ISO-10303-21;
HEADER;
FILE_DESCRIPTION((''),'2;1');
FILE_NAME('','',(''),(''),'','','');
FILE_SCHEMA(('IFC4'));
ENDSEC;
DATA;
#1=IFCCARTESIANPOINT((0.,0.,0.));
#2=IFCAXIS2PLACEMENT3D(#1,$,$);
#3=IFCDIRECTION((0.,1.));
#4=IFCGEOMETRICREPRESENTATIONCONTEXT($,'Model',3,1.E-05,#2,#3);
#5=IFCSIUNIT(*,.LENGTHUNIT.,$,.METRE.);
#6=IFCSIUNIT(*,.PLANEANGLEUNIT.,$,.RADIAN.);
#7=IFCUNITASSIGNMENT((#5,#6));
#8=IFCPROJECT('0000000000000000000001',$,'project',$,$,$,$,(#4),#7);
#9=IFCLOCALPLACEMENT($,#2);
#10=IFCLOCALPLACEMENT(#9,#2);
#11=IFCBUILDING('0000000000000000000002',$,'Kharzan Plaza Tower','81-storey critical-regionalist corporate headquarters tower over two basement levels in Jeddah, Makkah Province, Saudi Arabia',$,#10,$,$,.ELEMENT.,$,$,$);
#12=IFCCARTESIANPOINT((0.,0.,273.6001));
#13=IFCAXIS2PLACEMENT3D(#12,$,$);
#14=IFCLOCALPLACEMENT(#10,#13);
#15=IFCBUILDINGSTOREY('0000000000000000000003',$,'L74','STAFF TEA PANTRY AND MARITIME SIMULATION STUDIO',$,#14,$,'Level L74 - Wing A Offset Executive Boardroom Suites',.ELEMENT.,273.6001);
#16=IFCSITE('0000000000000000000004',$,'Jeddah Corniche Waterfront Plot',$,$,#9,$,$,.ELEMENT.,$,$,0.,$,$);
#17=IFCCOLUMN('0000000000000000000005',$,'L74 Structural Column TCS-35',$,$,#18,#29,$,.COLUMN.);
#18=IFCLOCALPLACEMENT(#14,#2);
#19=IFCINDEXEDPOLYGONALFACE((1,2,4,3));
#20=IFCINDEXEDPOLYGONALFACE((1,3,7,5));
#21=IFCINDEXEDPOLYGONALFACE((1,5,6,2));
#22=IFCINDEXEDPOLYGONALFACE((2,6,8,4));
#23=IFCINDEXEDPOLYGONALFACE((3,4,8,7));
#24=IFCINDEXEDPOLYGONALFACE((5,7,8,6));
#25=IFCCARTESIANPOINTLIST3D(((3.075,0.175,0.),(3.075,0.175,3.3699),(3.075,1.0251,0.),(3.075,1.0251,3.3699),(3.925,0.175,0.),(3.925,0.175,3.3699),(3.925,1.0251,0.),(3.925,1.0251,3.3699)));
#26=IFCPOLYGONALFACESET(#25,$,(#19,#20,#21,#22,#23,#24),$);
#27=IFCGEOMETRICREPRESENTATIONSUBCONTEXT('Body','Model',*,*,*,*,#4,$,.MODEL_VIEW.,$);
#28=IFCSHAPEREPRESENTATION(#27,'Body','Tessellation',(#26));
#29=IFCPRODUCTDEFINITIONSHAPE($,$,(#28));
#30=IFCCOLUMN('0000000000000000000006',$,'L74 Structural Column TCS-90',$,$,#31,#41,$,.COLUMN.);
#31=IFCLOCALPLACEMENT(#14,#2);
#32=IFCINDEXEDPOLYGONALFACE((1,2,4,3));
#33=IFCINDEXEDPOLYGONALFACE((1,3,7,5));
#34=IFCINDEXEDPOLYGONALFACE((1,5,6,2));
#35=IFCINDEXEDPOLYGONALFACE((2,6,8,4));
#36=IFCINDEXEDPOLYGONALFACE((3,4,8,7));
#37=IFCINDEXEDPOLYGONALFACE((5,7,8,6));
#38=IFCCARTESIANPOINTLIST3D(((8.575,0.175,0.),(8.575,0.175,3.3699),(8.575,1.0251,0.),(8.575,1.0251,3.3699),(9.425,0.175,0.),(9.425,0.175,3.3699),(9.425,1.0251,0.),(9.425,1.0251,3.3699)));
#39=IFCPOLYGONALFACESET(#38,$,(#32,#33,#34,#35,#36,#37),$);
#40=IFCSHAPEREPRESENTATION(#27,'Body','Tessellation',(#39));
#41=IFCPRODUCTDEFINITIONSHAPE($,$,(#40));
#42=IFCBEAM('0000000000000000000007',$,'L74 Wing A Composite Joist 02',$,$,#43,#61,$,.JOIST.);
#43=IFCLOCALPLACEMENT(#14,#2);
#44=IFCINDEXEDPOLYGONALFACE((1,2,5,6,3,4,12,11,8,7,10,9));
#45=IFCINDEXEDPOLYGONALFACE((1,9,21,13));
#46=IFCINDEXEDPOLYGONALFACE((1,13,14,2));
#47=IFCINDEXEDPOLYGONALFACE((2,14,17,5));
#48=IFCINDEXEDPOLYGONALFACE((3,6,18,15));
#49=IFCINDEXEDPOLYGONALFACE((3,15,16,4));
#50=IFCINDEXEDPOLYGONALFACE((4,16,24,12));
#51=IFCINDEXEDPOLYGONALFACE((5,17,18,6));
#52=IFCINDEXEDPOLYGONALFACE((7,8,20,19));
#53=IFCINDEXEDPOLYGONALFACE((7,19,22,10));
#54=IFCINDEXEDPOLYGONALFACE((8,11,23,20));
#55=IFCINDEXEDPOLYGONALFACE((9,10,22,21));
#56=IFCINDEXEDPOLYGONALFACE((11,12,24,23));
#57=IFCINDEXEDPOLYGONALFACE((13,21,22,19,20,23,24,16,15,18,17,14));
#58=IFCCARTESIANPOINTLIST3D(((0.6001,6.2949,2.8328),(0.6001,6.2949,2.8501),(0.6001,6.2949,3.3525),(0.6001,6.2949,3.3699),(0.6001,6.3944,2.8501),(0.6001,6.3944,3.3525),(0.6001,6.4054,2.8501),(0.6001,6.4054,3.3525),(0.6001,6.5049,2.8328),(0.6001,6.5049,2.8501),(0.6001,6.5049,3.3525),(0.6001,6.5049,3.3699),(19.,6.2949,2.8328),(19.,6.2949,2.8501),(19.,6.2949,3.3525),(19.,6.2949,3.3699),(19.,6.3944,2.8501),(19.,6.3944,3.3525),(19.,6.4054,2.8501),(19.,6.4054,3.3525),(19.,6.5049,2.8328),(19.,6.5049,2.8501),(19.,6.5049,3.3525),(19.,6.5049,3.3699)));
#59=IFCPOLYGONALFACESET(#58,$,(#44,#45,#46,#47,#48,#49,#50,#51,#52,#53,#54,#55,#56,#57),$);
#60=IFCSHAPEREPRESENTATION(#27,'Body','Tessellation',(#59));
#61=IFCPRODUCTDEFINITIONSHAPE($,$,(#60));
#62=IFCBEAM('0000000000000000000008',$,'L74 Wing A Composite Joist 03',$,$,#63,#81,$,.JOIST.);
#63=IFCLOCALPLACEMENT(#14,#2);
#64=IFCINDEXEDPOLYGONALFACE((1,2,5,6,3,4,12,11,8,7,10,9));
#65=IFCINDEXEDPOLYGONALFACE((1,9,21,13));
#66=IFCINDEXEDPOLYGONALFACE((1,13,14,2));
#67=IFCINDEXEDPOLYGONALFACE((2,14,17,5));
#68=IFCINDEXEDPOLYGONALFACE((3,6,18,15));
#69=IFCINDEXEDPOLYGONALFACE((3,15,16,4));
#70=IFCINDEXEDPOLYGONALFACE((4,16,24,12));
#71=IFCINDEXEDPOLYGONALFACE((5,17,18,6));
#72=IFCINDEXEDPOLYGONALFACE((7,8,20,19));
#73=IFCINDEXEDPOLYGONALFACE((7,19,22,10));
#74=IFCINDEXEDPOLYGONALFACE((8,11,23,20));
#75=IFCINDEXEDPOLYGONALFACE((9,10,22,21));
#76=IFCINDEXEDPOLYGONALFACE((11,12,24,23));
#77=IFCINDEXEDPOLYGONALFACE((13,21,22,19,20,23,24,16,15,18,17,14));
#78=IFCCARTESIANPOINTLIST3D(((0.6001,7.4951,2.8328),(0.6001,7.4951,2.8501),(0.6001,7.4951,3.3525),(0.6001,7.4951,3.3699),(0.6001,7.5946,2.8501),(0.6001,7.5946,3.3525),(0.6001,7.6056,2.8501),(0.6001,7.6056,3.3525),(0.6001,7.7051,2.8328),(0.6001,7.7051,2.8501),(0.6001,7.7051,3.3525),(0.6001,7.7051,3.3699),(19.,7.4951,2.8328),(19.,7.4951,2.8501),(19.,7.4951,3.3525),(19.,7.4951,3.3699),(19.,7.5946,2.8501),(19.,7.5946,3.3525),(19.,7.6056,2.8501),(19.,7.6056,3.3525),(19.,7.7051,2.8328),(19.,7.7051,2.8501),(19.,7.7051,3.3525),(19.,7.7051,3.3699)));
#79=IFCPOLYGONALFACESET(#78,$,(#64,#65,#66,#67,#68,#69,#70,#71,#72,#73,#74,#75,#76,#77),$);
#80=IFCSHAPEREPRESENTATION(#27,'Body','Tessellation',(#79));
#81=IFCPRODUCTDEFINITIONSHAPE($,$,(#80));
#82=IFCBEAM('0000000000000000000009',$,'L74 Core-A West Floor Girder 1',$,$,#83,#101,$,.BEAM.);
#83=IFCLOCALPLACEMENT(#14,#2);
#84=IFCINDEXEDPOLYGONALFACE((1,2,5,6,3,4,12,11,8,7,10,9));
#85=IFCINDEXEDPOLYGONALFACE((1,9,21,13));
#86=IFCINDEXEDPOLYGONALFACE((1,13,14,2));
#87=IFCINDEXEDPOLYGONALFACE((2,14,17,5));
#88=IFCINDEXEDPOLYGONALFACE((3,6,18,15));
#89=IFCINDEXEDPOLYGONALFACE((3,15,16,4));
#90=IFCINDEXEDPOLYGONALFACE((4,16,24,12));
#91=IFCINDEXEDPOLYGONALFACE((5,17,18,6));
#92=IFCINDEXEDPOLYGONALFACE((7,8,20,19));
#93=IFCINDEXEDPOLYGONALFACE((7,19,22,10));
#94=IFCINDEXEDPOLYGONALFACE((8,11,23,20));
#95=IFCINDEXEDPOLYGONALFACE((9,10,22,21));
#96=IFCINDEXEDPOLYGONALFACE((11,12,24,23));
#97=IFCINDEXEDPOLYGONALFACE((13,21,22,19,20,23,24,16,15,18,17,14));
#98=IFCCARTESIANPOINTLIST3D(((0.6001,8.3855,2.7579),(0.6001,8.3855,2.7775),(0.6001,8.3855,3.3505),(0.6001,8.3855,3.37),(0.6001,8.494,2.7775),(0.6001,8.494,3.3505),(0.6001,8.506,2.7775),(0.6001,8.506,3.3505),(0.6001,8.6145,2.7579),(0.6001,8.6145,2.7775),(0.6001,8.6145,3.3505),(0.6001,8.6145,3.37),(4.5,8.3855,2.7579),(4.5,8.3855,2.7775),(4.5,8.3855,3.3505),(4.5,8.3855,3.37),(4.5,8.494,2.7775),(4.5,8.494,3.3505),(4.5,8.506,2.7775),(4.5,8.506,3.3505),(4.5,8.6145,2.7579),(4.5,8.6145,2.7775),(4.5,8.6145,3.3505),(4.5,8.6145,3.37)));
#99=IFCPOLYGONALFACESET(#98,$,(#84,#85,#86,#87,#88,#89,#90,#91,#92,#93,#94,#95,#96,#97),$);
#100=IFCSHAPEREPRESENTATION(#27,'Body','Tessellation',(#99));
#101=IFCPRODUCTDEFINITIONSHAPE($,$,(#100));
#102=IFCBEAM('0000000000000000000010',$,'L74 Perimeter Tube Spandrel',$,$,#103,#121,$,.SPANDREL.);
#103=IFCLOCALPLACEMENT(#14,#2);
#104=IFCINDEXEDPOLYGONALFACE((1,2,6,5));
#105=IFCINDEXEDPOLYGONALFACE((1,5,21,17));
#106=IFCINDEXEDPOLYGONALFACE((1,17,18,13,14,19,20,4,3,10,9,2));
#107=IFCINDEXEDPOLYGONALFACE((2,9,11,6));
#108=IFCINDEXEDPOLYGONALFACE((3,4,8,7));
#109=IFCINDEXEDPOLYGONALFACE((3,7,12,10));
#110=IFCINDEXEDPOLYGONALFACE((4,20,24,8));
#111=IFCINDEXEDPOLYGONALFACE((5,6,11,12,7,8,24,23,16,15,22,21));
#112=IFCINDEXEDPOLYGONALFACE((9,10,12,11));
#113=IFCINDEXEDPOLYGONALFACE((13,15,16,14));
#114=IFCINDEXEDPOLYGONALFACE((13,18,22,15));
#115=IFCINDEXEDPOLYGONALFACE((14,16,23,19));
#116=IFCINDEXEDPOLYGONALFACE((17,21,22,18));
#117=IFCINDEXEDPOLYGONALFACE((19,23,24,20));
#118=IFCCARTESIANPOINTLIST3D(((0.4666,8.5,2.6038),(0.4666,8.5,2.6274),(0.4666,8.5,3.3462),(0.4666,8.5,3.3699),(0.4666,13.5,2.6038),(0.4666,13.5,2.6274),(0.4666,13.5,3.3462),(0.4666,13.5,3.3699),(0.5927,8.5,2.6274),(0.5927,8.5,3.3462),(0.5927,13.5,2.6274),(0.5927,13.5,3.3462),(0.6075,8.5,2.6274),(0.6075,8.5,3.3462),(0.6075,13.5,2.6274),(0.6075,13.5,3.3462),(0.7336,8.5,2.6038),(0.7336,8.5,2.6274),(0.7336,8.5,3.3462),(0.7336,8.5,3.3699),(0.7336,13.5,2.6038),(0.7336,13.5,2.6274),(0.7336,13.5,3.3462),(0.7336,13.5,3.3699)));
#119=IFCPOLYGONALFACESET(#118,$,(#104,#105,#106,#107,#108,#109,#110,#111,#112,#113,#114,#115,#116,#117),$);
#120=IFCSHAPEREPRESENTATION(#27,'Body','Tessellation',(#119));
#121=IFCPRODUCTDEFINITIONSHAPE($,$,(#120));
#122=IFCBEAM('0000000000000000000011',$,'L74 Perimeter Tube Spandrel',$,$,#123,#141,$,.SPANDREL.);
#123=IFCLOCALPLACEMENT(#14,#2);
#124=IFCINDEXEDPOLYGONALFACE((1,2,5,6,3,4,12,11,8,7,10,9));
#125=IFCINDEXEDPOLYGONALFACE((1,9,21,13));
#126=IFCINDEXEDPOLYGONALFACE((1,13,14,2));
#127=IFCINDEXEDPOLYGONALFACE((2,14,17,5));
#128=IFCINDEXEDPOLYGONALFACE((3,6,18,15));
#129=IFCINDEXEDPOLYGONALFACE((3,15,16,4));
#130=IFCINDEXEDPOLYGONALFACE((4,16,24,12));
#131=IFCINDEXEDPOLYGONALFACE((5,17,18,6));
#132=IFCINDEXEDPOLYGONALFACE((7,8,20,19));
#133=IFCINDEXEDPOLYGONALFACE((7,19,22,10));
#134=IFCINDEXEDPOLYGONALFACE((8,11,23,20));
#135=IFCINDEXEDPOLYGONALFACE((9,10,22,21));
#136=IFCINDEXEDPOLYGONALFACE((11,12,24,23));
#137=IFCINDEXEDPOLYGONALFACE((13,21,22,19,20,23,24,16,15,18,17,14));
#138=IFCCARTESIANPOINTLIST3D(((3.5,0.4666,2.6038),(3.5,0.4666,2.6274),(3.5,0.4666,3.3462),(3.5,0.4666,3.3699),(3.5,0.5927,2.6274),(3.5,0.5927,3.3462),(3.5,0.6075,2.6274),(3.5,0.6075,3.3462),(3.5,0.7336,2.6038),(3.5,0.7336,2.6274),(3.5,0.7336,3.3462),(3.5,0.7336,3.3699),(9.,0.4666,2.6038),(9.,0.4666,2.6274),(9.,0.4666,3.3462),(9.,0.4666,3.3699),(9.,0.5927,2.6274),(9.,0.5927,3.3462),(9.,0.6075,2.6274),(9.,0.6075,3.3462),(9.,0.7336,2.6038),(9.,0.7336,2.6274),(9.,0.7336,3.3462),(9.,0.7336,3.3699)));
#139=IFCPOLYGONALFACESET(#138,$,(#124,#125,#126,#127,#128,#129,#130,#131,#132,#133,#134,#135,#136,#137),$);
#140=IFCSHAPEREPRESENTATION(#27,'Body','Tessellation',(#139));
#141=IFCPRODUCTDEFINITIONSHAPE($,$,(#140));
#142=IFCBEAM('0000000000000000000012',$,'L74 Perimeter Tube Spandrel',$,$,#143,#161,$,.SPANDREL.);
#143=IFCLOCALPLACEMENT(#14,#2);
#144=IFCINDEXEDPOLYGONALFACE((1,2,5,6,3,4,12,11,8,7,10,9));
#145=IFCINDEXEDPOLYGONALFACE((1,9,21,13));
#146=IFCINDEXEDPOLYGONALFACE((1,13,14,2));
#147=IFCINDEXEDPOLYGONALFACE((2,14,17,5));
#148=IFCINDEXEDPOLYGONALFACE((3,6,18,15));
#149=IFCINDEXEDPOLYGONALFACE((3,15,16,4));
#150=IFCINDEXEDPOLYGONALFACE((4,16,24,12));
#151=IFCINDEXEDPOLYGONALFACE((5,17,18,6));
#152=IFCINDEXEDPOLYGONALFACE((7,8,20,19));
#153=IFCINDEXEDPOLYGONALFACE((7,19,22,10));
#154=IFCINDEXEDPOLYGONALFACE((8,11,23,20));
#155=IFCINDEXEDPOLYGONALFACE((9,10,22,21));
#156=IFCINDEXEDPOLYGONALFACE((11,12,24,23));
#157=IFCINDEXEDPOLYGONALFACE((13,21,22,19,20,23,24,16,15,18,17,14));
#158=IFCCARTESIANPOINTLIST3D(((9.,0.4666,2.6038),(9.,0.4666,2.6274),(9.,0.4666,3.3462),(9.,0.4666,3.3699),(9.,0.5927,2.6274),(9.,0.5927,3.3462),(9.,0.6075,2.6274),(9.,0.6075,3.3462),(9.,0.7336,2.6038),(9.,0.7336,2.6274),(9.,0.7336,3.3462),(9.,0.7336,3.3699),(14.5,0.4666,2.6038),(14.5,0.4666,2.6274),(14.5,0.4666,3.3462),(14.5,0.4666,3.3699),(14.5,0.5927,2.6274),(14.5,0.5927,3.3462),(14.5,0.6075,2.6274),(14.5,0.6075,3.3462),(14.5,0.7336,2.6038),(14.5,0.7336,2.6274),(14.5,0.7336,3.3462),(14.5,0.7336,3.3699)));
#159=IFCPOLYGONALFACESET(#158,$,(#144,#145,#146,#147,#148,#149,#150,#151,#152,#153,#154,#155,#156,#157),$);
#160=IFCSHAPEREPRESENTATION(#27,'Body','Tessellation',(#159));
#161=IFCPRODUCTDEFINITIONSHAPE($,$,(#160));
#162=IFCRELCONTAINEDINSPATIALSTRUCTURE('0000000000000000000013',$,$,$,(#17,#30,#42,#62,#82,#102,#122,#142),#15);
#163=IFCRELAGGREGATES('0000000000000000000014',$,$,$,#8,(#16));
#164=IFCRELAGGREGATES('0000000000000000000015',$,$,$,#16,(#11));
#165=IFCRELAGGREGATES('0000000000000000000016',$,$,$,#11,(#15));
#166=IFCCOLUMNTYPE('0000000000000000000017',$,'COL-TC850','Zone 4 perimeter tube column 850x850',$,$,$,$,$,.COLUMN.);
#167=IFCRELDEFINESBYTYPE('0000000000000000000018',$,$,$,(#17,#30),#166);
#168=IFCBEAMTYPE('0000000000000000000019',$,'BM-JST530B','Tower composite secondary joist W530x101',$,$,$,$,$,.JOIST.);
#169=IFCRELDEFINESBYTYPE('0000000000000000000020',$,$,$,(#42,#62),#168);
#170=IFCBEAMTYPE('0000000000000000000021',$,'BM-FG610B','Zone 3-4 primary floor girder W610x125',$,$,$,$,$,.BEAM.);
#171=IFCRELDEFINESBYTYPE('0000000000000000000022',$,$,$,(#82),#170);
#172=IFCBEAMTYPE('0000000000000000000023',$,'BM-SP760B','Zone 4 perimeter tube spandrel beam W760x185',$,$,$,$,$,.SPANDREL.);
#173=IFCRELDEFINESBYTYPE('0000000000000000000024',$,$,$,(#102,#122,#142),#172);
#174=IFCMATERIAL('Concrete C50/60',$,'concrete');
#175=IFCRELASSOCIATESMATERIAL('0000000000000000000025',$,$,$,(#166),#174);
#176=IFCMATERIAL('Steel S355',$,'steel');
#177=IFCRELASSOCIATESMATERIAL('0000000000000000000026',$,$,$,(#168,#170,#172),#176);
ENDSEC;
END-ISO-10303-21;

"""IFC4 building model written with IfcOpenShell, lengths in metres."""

from ifc_helpers import new_model, si_unit, direction, frame, origin, origin_2d, place, context, subcontext, project, spatial, rectangle, i_section, extrude, source, transform, mapped, material, material_profile, profile_set, type_object, element, save


model = new_model("IFC4")

# Units and contexts
model_context = context("Model", 3, precision=1e-05, world=origin(), true_north=direction((0.0, 1.0)))
body_context = subcontext(model_context, "Body", "Model", "MODEL_VIEW")
ifc_project = project(units=[si_unit("LENGTHUNIT", "METRE"), si_unit("PLANEANGLEUNIT", "RADIAN")], contexts=[model_context])

# Site, building, storey
site_placement = place(None, origin())
site = spatial("IfcSite", under=ifc_project, at=site_placement, Name="Jeddah Corniche Waterfront Plot", CompositionType="ELEMENT", RefElevation=0.0)
building_placement = place(site_placement, origin())
building = spatial("IfcBuilding", under=site, at=building_placement, Name="Kharzan Plaza Tower", Description="81-storey critical-regionalist corporate headquarters tower over two basement levels in Jeddah, Makkah Province, Saudi Arabia", CompositionType="ELEMENT")
storey_placement = place(building_placement, frame((0.0, 0.0, 273.6001)))
storey = spatial("IfcBuildingStorey", under=building, at=storey_placement, Name="L74", Description="STAFF TEA PANTRY AND MARITIME SIMULATION STUDIO", LongName="Level L74 - Wing A Offset Executive Boardroom Suites", CompositionType="ELEMENT", Elevation=273.6001)

# Columns
ifc_material_1 = material(Name="Concrete C50/60", Category="concrete")
ifc_material_profile_1 = material_profile(ifc_material_1, rectangle(XDim=0.8501, YDim=0.8501, at=origin_2d()), Name="RC-TC850x850")
ifc_profile_set_1 = profile_set([ifc_material_profile_1], Name="Concrete C50/60")
column_type = type_object("IfcColumnType", Name="COL-TC850", Description="Zone 4 perimeter tube column 850x850", PredefinedType="COLUMN", material=ifc_profile_set_1)
shared_shape_1 = source(origin(), body_context, "Body", "SweptSolid", [
    extrude(rectangle(XDim=0.8501, YDim=0.8501, at=origin_2d()), origin(), (0.0, 0.0, 1.0), 3.3699),
])
for number, where, z_axis, x_axis, name in (
    (1, (3.5, 0.6001, 0.0), (0.0, 0.0, 1.0), (1.0, 0.0, 0.0), "L74 Structural Column TCS-35"),
    (2, (9.0, 0.6001, 0.0), (0.0, 0.0, 1.0), (1.0, 0.0, 0.0), "L74 Structural Column TCS-90"),
):
    element("IfcColumn", number, at=place(storey_placement, frame(where, z_axis=z_axis, x_axis=x_axis)), inside=storey, type_object=column_type, Name=name, PredefinedType="COLUMN", context=body_context, shape_type="MappedRepresentation", body=[
        mapped(shared_shape_1, transform((0.0, 0.0, 0.0), x_axis=(1.0, 0.0, 0.0), y_axis=(0.0, 1.0, 0.0), z_axis=(0.0, 0.0, 1.0))),
    ])

# Beams
ifc_material_2 = material(Name="Steel S355", Category="steel")
ifc_material_profile_2 = material_profile(ifc_material_2, i_section(OverallWidth=0.21, OverallDepth=0.5371, WebThickness=0.011, FlangeThickness=0.0173, at=origin_2d()), Name="W530x101")
ifc_profile_set_2 = profile_set([ifc_material_profile_2], Name="Steel S355")
beam_type_1 = type_object("IfcBeamType", Name="BM-JST530B", Description="Tower composite secondary joist W530x101", PredefinedType="JOIST", material=ifc_profile_set_2)
shared_shape_2 = source(origin(), body_context, "Body", "SweptSolid", [
    extrude(i_section(OverallWidth=0.21, OverallDepth=0.5371, WebThickness=0.011, FlangeThickness=0.0173, at=origin_2d()), origin(), (0.0, 0.0, 1.0), 18.3999),
])
for number, where, z_axis, x_axis, name in (
    (3, (0.6001, 6.3999, 3.1013), (1.0, 0.0, 0.0), (0.0, 1.0, 0.0), "L74 Wing A Composite Joist 02"),
    (4, (0.6001, 7.6001, 3.1013), (1.0, 0.0, 0.0), (0.0, 1.0, 0.0), "L74 Wing A Composite Joist 03"),
):
    element("IfcBeam", number, at=place(storey_placement, frame(where, z_axis=z_axis, x_axis=x_axis)), inside=storey, type_object=beam_type_1, Name=name, PredefinedType="JOIST", context=body_context, shape_type="MappedRepresentation", body=[
        mapped(shared_shape_2, transform((0.0, 0.0, 0.0), x_axis=(1.0, 0.0, 0.0), y_axis=(0.0, 1.0, 0.0), z_axis=(0.0, 0.0, 1.0))),
    ])
ifc_material_profile_3 = material_profile(ifc_material_2, i_section(OverallWidth=0.229, OverallDepth=0.6121, WebThickness=0.012, FlangeThickness=0.0195, at=origin_2d()), Name="W610x125")
ifc_profile_set_3 = profile_set([ifc_material_profile_3], Name="Steel S355")
beam_type_2 = type_object("IfcBeamType", Name="BM-FG610B", Description="Zone 3-4 primary floor girder W610x125", PredefinedType="BEAM", material=ifc_profile_set_3)
shared_shape_3 = source(origin(), body_context, "Body", "SweptSolid", [
    extrude(i_section(OverallWidth=0.229, OverallDepth=0.6121, WebThickness=0.012, FlangeThickness=0.0195, at=origin_2d()), origin(), (0.0, 0.0, 1.0), 3.8999),
])
beam_1_placement = place(storey_placement, frame((0.6001, 8.5, 3.064), z_axis=(1.0, 0.0, 0.0), x_axis=(0.0, 1.0, 0.0)))
element("IfcBeam", 5, at=beam_1_placement, inside=storey, type_object=beam_type_2, Name="L74 Core-A West Floor Girder 1", PredefinedType="BEAM", context=body_context, shape_type="MappedRepresentation", body=[
    mapped(shared_shape_3, transform((0.0, 0.0, 0.0), x_axis=(1.0, 0.0, 0.0), y_axis=(0.0, 1.0, 0.0), z_axis=(0.0, 0.0, 1.0))),
])
ifc_material_profile_4 = material_profile(ifc_material_2, i_section(OverallWidth=0.2671, OverallDepth=0.7661, WebThickness=0.0149, FlangeThickness=0.0237, at=origin_2d()), Name="W760x185")
ifc_profile_set_4 = profile_set([ifc_material_profile_4], Name="Steel S355")
beam_type_3 = type_object("IfcBeamType", Name="BM-SP760B", Description="Zone 4 perimeter tube spandrel beam W760x185", PredefinedType="SPANDREL", material=ifc_profile_set_4)
shared_shape_4 = source(origin(), body_context, "Body", "SweptSolid", [
    extrude(i_section(OverallWidth=0.2671, OverallDepth=0.7661, WebThickness=0.0149, FlangeThickness=0.0237, at=origin_2d()), origin(), (0.0, 0.0, 1.0), 5.0),
])
beam_2_placement = place(storey_placement, frame((0.6001, 8.5, 2.9868), z_axis=(0.0, 1.0, 0.0), x_axis=(-1.0, 0.0, 0.0)))
element("IfcBeam", 6, at=beam_2_placement, inside=storey, type_object=beam_type_3, Name="L74 Perimeter Tube Spandrel", PredefinedType="SPANDREL", context=body_context, shape_type="MappedRepresentation", body=[
    mapped(shared_shape_4, transform((0.0, 0.0, 0.0), x_axis=(1.0, 0.0, 0.0), y_axis=(0.0, 1.0, 0.0), z_axis=(0.0, 0.0, 1.0))),
])
shared_shape_5 = source(origin(), body_context, "Body", "SweptSolid", [
    extrude(i_section(OverallWidth=0.2671, OverallDepth=0.7661, WebThickness=0.0149, FlangeThickness=0.0237, at=origin_2d()), origin(), (0.0, 0.0, 1.0), 5.5),
])
for number, where, z_axis, x_axis, name in (
    (7, (3.5, 0.6001, 2.9868), (1.0, 0.0, 0.0), (0.0, 1.0, 0.0), "L74 Perimeter Tube Spandrel"),
    (8, (9.0, 0.6001, 2.9868), (1.0, 0.0, 0.0), (0.0, 1.0, 0.0), "L74 Perimeter Tube Spandrel"),
):
    element("IfcBeam", number, at=place(storey_placement, frame(where, z_axis=z_axis, x_axis=x_axis)), inside=storey, type_object=beam_type_3, Name=name, PredefinedType="SPANDREL", context=body_context, shape_type="MappedRepresentation", body=[
        mapped(shared_shape_5, transform((0.0, 0.0, 0.0), x_axis=(1.0, 0.0, 0.0), y_axis=(0.0, 1.0, 0.0), z_axis=(0.0, 0.0, 1.0))),
    ])

save(model, "model.ifc")
